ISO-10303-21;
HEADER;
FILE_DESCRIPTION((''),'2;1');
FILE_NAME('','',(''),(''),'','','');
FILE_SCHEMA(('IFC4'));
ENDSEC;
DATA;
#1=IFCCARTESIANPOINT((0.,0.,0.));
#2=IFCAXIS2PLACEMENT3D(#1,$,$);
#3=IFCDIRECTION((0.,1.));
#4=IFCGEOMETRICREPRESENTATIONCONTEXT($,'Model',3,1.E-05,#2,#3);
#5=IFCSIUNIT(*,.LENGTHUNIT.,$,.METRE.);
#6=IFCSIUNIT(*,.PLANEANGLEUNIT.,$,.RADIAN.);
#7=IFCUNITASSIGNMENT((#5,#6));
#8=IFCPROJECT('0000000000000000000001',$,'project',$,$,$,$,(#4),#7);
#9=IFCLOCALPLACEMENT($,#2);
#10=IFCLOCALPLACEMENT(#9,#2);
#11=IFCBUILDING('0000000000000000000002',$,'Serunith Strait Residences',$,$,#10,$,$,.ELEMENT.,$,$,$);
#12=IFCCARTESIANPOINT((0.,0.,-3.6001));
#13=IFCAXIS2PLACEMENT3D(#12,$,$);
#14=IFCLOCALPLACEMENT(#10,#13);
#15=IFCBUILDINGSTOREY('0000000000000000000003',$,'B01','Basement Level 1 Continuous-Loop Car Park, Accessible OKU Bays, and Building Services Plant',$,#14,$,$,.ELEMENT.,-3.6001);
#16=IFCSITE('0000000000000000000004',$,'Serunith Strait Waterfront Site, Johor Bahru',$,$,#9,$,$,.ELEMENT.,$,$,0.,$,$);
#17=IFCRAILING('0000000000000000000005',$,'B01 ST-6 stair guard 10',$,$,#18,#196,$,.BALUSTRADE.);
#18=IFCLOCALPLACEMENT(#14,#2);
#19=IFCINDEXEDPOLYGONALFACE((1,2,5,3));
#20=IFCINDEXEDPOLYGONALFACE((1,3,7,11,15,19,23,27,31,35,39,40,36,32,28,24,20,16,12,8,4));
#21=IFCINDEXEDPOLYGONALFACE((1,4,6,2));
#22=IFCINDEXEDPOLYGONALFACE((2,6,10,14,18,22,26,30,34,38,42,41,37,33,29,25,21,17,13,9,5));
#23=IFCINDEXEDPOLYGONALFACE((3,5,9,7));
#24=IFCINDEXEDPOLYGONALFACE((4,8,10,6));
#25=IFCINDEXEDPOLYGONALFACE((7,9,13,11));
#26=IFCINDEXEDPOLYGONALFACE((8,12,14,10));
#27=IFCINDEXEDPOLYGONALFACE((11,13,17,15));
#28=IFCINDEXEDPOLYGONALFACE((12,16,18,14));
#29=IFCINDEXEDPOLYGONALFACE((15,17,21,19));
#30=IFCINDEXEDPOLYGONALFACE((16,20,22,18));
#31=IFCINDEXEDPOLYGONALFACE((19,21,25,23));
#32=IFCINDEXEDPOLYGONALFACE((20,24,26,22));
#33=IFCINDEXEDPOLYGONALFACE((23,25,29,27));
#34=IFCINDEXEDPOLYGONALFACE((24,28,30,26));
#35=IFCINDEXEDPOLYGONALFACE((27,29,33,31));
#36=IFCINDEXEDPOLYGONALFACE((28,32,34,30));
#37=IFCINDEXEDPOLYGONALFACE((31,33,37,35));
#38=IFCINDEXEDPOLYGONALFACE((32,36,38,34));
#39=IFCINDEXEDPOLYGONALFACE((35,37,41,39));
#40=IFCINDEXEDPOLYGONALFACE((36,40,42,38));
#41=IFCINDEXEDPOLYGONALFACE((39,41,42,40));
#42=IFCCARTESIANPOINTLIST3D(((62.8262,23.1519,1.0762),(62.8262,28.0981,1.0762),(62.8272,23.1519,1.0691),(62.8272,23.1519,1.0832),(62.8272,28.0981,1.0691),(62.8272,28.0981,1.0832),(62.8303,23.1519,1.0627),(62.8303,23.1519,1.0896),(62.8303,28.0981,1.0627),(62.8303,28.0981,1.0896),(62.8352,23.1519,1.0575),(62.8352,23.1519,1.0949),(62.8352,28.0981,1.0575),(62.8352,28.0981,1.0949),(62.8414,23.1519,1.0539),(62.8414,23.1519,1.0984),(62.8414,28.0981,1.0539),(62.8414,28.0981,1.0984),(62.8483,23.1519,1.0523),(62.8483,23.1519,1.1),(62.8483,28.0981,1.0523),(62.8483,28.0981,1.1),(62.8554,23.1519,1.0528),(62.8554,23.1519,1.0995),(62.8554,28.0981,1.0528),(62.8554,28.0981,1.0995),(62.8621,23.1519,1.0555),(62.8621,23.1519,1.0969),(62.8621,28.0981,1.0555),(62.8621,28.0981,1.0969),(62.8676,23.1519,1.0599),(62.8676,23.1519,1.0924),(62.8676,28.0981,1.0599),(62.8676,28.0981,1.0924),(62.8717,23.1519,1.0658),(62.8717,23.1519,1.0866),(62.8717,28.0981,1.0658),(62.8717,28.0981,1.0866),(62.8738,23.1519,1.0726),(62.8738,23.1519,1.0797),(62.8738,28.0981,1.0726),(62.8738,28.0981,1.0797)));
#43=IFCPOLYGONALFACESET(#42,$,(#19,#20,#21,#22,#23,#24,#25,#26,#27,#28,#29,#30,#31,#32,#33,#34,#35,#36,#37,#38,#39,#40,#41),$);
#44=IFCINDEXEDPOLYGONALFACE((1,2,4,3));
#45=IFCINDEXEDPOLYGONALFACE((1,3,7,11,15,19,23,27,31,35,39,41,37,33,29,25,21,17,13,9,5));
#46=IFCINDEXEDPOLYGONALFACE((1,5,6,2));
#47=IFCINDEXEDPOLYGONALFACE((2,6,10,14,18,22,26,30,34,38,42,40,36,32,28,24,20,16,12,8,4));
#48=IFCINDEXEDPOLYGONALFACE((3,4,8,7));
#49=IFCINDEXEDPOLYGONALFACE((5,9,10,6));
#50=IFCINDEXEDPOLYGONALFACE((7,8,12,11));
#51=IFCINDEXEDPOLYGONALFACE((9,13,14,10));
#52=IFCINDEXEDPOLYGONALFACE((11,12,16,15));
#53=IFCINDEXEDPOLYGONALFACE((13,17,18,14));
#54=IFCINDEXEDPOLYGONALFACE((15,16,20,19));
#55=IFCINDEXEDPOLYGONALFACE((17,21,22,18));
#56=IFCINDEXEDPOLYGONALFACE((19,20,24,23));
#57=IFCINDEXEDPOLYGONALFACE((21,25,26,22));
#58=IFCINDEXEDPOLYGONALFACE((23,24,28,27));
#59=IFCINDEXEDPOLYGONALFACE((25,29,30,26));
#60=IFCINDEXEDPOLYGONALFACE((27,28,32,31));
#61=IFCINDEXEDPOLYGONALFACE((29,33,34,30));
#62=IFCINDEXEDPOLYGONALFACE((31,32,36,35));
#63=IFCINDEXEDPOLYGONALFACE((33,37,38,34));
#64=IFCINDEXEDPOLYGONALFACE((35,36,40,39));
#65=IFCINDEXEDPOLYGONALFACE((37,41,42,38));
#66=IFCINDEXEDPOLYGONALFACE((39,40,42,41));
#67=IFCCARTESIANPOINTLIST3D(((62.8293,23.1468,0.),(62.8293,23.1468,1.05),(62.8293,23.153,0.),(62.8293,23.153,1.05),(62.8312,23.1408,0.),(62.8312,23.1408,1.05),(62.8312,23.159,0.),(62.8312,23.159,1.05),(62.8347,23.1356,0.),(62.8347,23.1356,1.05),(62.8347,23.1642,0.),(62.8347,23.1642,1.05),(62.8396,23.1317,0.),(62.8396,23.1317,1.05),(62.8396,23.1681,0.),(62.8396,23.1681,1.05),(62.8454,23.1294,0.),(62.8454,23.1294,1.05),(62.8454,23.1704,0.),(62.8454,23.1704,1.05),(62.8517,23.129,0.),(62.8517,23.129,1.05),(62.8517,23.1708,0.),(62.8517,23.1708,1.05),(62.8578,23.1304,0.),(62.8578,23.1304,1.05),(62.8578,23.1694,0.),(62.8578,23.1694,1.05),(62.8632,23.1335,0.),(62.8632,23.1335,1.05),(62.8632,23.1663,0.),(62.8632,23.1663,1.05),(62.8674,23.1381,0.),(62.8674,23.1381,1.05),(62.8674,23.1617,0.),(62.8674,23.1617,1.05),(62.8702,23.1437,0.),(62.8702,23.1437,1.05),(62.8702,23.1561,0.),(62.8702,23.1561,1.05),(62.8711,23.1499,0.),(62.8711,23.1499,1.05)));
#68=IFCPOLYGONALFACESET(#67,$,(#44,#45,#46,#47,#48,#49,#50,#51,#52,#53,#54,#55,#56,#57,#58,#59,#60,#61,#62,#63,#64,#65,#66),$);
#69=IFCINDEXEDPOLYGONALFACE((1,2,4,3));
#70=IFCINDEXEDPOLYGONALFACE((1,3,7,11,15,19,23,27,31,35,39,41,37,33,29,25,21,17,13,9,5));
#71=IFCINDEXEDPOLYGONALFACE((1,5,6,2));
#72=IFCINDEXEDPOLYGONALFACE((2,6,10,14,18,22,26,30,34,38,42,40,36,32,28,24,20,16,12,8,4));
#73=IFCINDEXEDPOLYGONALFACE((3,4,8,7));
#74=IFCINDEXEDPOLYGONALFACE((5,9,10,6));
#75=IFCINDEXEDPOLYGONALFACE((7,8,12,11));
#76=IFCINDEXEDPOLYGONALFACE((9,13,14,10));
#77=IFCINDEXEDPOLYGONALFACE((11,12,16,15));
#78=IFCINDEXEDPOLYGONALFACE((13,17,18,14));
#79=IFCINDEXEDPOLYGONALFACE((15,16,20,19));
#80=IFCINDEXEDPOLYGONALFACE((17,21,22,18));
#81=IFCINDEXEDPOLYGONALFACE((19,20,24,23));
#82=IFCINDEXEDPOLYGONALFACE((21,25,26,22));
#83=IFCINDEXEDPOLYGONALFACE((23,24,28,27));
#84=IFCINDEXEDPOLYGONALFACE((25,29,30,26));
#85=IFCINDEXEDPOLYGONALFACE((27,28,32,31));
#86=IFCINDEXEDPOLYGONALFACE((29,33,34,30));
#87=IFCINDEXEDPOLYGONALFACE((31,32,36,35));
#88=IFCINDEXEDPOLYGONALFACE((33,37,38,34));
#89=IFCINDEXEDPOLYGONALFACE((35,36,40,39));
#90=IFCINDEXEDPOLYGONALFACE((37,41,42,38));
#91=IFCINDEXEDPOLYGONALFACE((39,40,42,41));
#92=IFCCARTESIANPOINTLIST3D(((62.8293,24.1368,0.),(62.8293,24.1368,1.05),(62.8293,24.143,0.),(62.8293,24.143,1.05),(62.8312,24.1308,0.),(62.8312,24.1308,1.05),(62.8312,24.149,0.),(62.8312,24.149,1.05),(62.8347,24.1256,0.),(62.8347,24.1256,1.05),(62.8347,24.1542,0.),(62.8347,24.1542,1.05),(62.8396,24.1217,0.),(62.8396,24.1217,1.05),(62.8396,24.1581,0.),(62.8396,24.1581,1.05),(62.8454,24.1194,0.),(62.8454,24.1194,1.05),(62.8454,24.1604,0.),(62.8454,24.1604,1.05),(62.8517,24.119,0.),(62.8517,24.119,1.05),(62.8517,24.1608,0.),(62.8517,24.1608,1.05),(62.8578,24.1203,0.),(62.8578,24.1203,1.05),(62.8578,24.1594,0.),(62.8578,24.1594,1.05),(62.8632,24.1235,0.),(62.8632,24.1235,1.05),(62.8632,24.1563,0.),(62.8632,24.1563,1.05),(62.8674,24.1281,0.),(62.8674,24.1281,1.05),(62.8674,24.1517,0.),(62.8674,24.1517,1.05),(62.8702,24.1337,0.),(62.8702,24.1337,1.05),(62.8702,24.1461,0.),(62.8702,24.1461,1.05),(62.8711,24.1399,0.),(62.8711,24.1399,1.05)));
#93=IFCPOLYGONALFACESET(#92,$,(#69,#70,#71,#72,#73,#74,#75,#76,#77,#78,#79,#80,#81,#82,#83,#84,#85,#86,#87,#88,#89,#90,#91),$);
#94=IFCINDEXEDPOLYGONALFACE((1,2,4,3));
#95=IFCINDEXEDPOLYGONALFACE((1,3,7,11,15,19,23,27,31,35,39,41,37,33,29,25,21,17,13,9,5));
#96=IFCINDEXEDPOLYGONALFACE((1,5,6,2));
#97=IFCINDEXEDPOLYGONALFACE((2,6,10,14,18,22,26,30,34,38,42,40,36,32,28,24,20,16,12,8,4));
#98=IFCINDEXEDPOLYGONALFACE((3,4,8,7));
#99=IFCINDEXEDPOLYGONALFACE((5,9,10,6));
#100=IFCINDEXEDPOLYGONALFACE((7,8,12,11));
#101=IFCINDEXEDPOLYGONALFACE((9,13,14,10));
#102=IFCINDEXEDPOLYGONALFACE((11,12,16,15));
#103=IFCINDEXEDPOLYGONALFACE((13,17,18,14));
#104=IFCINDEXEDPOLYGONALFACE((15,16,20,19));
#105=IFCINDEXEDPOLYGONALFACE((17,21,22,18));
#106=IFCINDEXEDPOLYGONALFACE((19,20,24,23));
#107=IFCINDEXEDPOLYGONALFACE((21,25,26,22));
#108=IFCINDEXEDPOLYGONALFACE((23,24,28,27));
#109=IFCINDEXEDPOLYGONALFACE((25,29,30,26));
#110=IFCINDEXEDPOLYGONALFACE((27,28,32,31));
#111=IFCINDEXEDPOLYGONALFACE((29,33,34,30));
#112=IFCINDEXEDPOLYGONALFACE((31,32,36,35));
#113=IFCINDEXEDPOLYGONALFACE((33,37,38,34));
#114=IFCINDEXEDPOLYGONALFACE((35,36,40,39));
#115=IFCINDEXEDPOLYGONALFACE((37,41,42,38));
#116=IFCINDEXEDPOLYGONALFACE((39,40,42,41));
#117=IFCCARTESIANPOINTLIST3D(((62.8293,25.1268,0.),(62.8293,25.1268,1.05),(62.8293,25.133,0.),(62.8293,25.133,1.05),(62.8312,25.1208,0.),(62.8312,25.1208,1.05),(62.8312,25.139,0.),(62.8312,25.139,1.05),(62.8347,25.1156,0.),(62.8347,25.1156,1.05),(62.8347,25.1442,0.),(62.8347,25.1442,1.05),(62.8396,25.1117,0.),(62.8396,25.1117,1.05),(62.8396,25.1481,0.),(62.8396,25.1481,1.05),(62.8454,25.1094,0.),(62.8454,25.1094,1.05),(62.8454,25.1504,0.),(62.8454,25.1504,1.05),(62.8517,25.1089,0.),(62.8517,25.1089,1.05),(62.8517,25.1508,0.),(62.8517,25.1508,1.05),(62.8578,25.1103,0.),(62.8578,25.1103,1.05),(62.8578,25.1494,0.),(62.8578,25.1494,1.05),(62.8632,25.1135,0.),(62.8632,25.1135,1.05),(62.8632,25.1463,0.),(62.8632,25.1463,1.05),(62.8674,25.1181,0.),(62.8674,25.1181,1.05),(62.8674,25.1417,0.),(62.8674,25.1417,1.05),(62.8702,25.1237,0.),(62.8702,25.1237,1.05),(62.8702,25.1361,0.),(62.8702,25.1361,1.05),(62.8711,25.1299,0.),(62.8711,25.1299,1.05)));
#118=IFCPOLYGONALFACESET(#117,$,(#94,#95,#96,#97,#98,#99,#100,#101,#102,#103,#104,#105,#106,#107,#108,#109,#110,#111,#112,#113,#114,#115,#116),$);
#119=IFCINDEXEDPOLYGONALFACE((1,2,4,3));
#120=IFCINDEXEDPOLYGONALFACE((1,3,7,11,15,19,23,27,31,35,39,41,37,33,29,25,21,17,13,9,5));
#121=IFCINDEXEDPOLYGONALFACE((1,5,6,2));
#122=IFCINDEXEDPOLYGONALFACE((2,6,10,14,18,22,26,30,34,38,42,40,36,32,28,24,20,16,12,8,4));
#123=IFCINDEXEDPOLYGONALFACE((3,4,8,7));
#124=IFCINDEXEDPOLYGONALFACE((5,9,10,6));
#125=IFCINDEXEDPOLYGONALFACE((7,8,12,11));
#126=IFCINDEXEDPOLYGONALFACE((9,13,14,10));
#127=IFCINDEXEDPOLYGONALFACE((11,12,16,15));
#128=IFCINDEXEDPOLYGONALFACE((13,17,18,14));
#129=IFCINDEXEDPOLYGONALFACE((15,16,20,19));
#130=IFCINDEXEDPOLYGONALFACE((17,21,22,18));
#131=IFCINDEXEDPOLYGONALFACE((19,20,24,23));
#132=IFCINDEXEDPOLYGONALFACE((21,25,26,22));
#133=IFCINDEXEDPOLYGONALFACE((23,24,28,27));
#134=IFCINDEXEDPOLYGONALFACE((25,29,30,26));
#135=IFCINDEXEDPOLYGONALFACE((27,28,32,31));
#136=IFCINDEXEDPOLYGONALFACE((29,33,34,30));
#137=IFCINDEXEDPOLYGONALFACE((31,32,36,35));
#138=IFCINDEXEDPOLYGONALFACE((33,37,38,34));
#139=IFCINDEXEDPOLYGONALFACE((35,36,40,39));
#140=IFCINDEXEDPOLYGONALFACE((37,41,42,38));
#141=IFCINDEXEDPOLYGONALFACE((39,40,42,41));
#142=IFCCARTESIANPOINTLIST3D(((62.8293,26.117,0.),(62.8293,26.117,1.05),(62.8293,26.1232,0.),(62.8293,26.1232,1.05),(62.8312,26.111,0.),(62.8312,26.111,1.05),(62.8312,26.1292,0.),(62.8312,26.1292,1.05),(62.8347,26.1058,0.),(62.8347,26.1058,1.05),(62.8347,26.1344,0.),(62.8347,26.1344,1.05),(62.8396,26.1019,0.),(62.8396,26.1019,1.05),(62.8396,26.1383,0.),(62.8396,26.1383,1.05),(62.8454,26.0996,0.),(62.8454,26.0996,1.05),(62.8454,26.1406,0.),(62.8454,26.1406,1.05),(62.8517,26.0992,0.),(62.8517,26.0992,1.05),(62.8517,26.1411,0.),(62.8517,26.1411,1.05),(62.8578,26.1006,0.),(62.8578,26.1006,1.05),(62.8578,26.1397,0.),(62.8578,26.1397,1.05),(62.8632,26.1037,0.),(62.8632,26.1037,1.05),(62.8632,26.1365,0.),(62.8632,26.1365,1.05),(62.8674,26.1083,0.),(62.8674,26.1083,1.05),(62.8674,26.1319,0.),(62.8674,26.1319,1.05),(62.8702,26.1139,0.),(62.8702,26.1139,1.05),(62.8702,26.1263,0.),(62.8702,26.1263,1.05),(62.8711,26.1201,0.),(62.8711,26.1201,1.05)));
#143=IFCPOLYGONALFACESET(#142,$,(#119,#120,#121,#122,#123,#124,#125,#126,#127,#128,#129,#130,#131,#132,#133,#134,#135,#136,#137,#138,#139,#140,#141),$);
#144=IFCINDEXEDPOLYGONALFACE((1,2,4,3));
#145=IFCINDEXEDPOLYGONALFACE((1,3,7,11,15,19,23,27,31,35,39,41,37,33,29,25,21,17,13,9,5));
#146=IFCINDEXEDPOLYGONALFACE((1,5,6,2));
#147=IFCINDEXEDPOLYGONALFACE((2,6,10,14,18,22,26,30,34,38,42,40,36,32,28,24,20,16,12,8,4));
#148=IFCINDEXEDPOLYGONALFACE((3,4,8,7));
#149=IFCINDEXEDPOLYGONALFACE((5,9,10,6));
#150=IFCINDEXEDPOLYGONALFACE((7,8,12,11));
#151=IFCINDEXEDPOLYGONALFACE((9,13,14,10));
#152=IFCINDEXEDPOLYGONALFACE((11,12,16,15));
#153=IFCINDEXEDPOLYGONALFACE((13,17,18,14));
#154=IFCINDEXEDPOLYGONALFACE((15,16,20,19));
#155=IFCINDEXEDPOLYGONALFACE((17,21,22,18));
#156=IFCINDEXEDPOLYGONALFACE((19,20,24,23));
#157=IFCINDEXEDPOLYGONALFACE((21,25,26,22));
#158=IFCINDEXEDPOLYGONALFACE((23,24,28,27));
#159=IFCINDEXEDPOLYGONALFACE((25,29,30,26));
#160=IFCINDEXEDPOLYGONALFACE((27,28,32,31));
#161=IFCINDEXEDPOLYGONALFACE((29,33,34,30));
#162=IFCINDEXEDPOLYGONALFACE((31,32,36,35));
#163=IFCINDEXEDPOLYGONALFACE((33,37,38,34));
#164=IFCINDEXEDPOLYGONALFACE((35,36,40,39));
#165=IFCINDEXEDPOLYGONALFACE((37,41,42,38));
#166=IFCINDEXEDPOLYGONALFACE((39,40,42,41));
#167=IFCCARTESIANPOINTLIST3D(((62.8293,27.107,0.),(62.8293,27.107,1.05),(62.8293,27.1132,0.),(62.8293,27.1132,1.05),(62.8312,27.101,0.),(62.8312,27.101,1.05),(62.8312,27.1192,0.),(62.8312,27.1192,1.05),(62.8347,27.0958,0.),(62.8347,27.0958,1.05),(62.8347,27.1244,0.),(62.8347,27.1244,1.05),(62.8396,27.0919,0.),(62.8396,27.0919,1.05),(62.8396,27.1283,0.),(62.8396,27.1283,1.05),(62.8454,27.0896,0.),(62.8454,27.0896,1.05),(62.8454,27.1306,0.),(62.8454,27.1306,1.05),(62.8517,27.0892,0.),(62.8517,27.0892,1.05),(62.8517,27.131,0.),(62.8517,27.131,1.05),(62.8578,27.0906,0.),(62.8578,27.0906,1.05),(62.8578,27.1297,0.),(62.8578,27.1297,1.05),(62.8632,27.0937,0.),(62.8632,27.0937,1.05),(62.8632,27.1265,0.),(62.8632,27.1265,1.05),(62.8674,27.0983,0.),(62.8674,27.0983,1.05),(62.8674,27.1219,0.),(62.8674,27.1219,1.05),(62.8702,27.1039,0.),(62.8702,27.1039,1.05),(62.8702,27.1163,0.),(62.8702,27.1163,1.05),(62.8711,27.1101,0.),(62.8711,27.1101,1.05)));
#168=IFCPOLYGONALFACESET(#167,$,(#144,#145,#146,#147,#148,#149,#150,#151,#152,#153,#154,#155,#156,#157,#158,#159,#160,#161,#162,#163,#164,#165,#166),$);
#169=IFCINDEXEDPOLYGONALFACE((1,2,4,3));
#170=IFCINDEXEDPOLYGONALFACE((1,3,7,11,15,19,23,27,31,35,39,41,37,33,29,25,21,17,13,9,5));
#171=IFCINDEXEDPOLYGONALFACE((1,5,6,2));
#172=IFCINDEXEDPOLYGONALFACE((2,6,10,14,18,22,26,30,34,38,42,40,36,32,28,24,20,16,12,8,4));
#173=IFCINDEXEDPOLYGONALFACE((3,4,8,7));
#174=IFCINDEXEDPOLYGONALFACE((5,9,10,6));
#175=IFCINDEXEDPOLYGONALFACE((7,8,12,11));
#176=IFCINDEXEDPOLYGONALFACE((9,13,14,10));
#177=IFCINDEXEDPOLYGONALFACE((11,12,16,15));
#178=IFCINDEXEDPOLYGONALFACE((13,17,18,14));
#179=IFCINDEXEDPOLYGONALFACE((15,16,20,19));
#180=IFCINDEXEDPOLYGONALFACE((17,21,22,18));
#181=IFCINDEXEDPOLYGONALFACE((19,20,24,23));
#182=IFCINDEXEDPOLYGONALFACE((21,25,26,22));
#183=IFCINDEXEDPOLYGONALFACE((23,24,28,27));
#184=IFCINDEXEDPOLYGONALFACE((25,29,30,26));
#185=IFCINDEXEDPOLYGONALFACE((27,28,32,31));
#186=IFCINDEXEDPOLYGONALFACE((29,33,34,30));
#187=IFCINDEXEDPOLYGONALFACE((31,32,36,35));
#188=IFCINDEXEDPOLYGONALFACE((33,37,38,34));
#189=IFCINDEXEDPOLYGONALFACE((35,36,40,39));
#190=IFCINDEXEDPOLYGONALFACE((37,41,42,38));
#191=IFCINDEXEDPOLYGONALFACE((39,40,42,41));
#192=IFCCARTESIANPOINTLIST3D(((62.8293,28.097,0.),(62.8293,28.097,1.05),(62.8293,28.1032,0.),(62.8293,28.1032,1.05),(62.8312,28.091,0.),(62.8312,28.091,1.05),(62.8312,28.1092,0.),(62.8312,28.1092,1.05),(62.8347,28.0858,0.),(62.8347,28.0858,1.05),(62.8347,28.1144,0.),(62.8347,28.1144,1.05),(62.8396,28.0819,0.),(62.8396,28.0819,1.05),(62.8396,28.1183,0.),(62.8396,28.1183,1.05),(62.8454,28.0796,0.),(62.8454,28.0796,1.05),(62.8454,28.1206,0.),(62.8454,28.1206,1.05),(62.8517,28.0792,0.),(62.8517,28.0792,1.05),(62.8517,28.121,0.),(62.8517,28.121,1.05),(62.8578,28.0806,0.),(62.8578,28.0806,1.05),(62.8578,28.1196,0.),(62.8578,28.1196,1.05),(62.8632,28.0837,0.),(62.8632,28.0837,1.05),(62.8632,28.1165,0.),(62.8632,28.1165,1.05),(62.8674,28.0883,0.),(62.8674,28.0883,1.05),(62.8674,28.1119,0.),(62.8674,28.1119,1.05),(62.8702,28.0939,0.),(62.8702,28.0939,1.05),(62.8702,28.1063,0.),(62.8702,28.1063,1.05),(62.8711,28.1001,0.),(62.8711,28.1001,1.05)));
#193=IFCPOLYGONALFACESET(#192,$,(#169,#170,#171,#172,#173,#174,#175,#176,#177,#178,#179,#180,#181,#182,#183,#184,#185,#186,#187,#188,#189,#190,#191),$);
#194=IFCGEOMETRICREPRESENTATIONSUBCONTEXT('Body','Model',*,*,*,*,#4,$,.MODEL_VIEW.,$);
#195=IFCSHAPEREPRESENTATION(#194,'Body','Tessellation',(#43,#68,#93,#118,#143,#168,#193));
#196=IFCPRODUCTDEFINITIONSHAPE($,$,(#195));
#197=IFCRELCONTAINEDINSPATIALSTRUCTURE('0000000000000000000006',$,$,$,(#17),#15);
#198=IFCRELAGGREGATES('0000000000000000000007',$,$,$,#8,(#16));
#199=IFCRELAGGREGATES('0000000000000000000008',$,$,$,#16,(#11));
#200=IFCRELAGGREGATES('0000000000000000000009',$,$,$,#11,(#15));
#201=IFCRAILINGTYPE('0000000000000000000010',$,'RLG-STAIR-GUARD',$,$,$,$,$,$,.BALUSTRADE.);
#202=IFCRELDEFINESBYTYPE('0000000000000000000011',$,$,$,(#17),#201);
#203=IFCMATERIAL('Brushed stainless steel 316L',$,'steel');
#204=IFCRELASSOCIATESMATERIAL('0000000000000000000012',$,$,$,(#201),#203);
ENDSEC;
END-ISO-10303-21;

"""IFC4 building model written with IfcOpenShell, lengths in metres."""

from ifc_helpers import new_model, si_unit, direction, frame, origin, origin_2d, place, context, subcontext, project, spatial, circle, extrude, material, type_object, element, save


model = new_model("IFC4")

# Units and contexts
model_context = context("Model", 3, precision=1e-05, world=origin(), true_north=direction((0.0, 1.0)))
body_context = subcontext(model_context, "Body", "Model", "MODEL_VIEW")
ifc_project = project(units=[si_unit("LENGTHUNIT", "METRE"), si_unit("PLANEANGLEUNIT", "RADIAN")], contexts=[model_context])

# Site, building, storey
site_placement = place(None, origin())
site = spatial("IfcSite", under=ifc_project, at=site_placement, Name="Serunith Strait Waterfront Site, Johor Bahru", CompositionType="ELEMENT", RefElevation=0.0)
building_placement = place(site_placement, origin())
building = spatial("IfcBuilding", under=site, at=building_placement, Name="Serunith Strait Residences", CompositionType="ELEMENT")
storey_placement = place(building_placement, frame((0.0, 0.0, -3.6001)))
storey = spatial("IfcBuildingStorey", under=building, at=storey_placement, Name="B01", Description="Basement Level 1 Continuous-Loop Car Park, Accessible OKU Bays, and Building Services Plant", CompositionType="ELEMENT", Elevation=-3.6001)

# Railing
ifc_material_1 = material(Name="Brushed stainless steel 316L", Category="steel")
railing_type_1 = type_object("IfcRailingType", Name="RLG-STAIR-GUARD", PredefinedType="BALUSTRADE", material=ifc_material_1)
for number, where, name in (
    (1, (62.8501, 23.1499, 0.0), "B01 ST-6 stair guard 10"),
):
    element("IfcRailing", number, at=place(storey_placement, frame(where)), inside=storey, type_object=railing_type_1, Name=name, PredefinedType="BALUSTRADE", context=body_context, shape_type="SweptSolid", body=[
        extrude(circle(Radius=0.0239, at=origin_2d()), frame((0.0, 0.002, 1.0762), z_axis=(0.0, 1.0, 0.0), x_axis=(-1.0, 0.0, 0.0)), (0.0, 0.0, 1.0), 4.9463),
        extrude(circle(Radius=0.021, at=origin_2d()), origin(), (0.0, 0.0, 1.0), 1.05),
        extrude(circle(Radius=0.021, at=origin_2d()), frame((0.0, 0.99, 0.0)), (0.0, 0.0, 1.0), 1.05),
        extrude(circle(Radius=0.021, at=origin_2d()), frame((0.0, 1.98, 0.0)), (0.0, 0.0, 1.0), 1.05),
        extrude(circle(Radius=0.021, at=origin_2d()), frame((0.0, 2.9702, 0.0)), (0.0, 0.0, 1.0), 1.05),
        extrude(circle(Radius=0.021, at=origin_2d()), frame((0.0, 3.9602, 0.0)), (0.0, 0.0, 1.0), 1.05),
        extrude(circle(Radius=0.021, at=origin_2d()), frame((0.0, 4.9502, 0.0)), (0.0, 0.0, 1.0), 1.05),
    ])

save(model, "model.ifc")
